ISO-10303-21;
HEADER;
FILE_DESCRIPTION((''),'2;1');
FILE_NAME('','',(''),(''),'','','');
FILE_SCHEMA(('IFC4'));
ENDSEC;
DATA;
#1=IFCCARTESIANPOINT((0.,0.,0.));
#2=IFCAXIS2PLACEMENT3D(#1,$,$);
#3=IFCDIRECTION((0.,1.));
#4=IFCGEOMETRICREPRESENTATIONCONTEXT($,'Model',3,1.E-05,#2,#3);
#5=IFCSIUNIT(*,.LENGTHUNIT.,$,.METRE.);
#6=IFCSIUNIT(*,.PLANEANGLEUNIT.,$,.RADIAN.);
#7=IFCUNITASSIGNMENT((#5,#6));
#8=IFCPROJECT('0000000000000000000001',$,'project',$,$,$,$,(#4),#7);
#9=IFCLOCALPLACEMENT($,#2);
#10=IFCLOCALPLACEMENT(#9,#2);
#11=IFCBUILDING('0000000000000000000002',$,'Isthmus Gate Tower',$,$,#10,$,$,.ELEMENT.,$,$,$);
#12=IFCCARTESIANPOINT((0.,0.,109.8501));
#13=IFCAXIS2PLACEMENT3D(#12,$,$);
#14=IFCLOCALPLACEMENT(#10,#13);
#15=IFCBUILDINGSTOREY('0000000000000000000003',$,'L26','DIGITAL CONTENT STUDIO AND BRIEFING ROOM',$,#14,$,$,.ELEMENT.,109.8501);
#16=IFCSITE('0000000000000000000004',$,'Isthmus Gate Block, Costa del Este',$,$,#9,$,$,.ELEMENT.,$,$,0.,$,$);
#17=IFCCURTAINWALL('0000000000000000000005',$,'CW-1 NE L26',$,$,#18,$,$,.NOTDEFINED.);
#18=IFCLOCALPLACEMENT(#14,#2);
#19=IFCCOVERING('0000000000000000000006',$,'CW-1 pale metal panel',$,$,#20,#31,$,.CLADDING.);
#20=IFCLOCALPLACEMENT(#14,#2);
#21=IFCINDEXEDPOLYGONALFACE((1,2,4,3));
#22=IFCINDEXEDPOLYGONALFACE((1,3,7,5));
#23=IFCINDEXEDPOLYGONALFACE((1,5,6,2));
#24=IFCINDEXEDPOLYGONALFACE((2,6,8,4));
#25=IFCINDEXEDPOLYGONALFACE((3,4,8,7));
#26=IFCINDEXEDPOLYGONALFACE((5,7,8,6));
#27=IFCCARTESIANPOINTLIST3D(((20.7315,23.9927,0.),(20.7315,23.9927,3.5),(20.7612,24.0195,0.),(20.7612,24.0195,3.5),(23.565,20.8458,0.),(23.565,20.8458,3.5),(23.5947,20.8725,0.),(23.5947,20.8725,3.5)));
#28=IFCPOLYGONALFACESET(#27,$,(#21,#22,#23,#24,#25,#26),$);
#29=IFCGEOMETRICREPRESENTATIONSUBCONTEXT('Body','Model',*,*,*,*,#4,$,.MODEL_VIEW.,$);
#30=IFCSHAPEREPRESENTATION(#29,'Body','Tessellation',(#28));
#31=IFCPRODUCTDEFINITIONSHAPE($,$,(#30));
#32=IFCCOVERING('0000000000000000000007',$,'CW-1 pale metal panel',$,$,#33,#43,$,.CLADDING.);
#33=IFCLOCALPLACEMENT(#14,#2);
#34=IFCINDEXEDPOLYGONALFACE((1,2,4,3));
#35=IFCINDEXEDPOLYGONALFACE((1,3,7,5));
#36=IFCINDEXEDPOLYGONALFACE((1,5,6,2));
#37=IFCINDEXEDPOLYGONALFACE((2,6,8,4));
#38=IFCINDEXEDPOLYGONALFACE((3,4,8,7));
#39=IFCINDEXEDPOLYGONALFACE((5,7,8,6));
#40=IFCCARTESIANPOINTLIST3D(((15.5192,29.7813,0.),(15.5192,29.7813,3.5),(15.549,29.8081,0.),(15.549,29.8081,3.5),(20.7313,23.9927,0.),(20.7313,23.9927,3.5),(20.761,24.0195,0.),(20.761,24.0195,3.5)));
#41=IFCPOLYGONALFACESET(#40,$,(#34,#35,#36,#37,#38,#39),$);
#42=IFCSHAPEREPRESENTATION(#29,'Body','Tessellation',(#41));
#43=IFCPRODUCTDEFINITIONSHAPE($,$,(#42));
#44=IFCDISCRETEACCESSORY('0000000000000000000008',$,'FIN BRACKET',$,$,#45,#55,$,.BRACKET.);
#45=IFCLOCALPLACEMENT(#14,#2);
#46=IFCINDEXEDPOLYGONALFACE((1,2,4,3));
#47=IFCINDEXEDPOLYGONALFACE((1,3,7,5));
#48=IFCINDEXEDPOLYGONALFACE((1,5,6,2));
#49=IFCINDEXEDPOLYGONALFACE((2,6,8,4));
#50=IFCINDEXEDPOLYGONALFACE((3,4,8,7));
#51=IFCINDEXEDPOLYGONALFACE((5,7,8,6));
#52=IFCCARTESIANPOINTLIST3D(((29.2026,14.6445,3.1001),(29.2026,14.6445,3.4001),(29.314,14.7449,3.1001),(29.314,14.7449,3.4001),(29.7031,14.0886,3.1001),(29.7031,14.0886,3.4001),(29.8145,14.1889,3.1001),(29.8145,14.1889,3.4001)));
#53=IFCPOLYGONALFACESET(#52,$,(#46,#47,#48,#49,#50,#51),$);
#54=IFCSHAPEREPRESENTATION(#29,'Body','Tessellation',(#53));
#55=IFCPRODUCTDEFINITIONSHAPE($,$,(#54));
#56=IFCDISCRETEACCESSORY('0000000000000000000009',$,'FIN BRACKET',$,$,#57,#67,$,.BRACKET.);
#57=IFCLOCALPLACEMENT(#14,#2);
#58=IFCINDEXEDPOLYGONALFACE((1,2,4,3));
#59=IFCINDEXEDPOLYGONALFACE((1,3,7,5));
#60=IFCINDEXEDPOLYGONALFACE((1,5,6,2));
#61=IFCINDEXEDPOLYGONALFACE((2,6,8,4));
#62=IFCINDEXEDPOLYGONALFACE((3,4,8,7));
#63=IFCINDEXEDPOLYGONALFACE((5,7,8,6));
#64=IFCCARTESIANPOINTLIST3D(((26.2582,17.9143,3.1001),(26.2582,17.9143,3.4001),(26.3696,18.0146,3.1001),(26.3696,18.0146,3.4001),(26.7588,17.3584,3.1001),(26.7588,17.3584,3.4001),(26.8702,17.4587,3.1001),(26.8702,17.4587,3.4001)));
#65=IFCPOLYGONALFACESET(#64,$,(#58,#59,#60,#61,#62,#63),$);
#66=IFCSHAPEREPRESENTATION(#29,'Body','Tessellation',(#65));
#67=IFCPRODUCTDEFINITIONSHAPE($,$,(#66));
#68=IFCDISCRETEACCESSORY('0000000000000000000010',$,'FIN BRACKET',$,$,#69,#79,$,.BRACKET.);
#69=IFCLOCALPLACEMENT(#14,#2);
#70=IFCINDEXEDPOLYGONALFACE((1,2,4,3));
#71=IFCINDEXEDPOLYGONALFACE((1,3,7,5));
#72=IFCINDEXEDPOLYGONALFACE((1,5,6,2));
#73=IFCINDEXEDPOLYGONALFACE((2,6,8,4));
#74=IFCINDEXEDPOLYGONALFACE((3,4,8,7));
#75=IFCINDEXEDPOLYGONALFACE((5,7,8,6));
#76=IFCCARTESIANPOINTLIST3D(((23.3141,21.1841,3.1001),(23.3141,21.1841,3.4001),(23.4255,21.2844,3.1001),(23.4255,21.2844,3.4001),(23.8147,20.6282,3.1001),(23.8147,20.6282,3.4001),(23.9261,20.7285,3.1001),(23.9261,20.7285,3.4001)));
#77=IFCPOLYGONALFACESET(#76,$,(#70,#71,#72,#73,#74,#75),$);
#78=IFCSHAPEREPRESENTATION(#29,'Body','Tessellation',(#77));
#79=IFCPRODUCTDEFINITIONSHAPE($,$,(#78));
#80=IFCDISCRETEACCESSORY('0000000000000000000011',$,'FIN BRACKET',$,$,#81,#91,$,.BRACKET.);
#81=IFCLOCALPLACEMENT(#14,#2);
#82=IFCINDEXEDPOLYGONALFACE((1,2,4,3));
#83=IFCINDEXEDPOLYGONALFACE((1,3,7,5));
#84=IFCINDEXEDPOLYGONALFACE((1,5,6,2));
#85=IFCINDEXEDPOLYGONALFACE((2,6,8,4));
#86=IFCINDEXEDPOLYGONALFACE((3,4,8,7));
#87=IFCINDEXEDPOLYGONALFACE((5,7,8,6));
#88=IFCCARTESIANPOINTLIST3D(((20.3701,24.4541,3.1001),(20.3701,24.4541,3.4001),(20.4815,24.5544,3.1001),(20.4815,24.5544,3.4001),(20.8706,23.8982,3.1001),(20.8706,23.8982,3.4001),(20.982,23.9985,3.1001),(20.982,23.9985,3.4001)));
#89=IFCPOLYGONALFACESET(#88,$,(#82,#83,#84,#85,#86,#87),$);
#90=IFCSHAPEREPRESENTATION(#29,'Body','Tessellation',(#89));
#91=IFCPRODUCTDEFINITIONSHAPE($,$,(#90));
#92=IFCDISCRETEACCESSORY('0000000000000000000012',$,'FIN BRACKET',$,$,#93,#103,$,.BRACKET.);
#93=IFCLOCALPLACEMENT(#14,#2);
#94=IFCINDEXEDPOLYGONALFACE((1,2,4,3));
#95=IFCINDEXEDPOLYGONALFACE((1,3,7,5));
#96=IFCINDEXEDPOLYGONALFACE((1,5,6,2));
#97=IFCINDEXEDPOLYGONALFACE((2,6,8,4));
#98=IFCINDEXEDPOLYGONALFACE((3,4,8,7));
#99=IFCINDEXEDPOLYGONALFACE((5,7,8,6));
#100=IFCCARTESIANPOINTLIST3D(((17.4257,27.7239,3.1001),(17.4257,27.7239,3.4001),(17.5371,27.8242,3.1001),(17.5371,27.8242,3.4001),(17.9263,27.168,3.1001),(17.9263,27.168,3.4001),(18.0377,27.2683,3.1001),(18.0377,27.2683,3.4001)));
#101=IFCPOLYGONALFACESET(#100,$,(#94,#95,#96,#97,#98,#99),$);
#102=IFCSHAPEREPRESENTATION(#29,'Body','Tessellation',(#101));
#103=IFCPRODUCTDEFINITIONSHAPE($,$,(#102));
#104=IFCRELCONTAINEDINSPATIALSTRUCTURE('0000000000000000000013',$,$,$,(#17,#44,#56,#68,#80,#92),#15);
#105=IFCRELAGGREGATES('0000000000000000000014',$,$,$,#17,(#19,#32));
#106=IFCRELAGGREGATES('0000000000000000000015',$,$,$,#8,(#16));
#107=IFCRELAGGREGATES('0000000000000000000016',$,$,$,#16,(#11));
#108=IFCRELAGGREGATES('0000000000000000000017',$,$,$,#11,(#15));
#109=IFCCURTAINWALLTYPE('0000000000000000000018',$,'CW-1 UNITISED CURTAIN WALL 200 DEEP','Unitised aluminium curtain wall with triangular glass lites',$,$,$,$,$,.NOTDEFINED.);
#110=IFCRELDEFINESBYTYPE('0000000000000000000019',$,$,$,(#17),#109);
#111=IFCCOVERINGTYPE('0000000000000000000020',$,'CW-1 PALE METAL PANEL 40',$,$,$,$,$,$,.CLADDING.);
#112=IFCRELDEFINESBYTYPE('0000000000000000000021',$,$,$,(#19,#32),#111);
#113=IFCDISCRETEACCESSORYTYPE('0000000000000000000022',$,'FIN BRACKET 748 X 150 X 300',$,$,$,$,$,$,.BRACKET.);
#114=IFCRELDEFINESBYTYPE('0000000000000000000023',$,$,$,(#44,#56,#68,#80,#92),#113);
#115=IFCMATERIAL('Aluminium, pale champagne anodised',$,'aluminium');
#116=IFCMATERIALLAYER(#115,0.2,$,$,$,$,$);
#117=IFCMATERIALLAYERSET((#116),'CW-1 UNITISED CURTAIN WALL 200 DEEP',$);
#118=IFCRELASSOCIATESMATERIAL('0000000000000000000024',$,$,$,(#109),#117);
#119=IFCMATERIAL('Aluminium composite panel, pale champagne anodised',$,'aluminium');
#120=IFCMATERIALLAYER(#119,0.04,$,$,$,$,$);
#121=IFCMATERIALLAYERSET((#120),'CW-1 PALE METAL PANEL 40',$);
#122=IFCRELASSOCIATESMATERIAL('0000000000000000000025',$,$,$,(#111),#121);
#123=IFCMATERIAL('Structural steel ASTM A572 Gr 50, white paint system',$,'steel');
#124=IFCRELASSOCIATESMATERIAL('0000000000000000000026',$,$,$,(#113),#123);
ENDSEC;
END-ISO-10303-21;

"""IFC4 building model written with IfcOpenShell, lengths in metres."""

from ifc_helpers import new_model, si_unit, direction, frame, origin, origin_2d, place, context, subcontext, project, spatial, rectangle, extrude, material, layer, layer_set, type_object, element, aggregate, save


model = new_model("IFC4")

# Units and contexts
model_context = context("Model", 3, precision=1e-05, world=origin(), true_north=direction((0.0, 1.0)))
body_context = subcontext(model_context, "Body", "Model", "MODEL_VIEW")
ifc_project = project(units=[si_unit("LENGTHUNIT", "METRE"), si_unit("PLANEANGLEUNIT", "RADIAN")], contexts=[model_context])

# Site, building, storey
site_placement = place(None, origin())
site = spatial("IfcSite", under=ifc_project, at=site_placement, Name="Isthmus Gate Block, Costa del Este", CompositionType="ELEMENT", RefElevation=0.0)
building_placement = place(site_placement, origin())
building = spatial("IfcBuilding", under=site, at=building_placement, Name="Isthmus Gate Tower", CompositionType="ELEMENT")
storey_placement = place(building_placement, frame((0.0, 0.0, 109.8501)))
storey = spatial("IfcBuildingStorey", under=building, at=storey_placement, Name="L26", Description="DIGITAL CONTENT STUDIO AND BRIEFING ROOM", CompositionType="ELEMENT", Elevation=109.8501)

# Curtain wall
ifc_material_1 = material(Name="Aluminium, pale champagne anodised", Category="aluminium")
ifc_layer_1 = layer(ifc_material_1, 0.2)
ifc_layer_set_1 = layer_set([ifc_layer_1], Name="CW-1 UNITISED CURTAIN WALL 200 DEEP")
curtain_wall_type = type_object("IfcCurtainWallType", Name="CW-1 UNITISED CURTAIN WALL 200 DEEP", Description="Unitised aluminium curtain wall with triangular glass lites", PredefinedType="NOTDEFINED", material=ifc_layer_set_1)
curtain_wall_1_placement = place(storey_placement, origin())
curtain_wall_1 = element("IfcCurtainWall", 1, at=curtain_wall_1_placement, inside=storey, type_object=curtain_wall_type, Name="CW-1 NE L26", PredefinedType="NOTDEFINED")

# Coverings
ifc_material_2 = material(Name="Aluminium composite panel, pale champagne anodised", Category="aluminium")
ifc_layer_2 = layer(ifc_material_2, 0.04)
ifc_layer_set_2 = layer_set([ifc_layer_2], Name="CW-1 PALE METAL PANEL 40")
covering_type = type_object("IfcCoveringType", Name="CW-1 PALE METAL PANEL 40", PredefinedType="CLADDING", material=ifc_layer_set_2)
covering_1_placement = place(storey_placement, frame((22.1631, 22.4326, 0.0), z_axis=(0.0, 0.0, 1.0), x_axis=(-0.669131, 0.743145, 0.0)))
covering_1 = element("IfcCovering", 2, at=covering_1_placement, type_object=covering_type, Name="CW-1 pale metal panel", PredefinedType="CLADDING", context=body_context, shape_type="SweptSolid", body=[
    extrude(rectangle(XDim=4.2346, YDim=0.04, at=origin_2d()), origin(), (0.0, 0.0, 1.0), 3.5),
])
covering_2_placement = place(storey_placement, frame((18.1401, 26.9004, 0.0), z_axis=(0.0, 0.0, 1.0), x_axis=(-0.669131, 0.743145, 0.0)))
covering_2 = element("IfcCovering", 3, at=covering_2_placement, type_object=covering_type, Name="CW-1 pale metal panel", PredefinedType="CLADDING", context=body_context, shape_type="SweptSolid", body=[
    extrude(rectangle(XDim=7.7893, YDim=0.04, at=origin_2d()), origin(), (0.0, 0.0, 1.0), 3.5),
])
aggregate(curtain_wall_1, [covering_1, covering_2])

# Discrete accessories
ifc_material_3 = material(Name="Structural steel ASTM A572 Gr 50, white paint system", Category="steel")
discrete_accessory_type = type_object("IfcDiscreteAccessoryType", Name="FIN BRACKET 748 X 150 X 300", PredefinedType="BRACKET", material=ifc_material_3)
for number, where, z_axis, x_axis, name in (
    (4, (29.5085, 14.4167, 3.1001), (0.0, 0.0, 1.0), (0.743145, 0.669131, 0.0), "FIN BRACKET"),
    (5, (26.5642, 17.6865, 3.1001), (0.0, 0.0, 1.0), (0.743145, 0.669131, 0.0), "FIN BRACKET"),
    (6, (23.6201, 20.9563, 3.1001), (0.0, 0.0, 1.0), (0.743145, 0.669131, 0.0), "FIN BRACKET"),
    (7, (20.676, 24.2263, 3.1001), (0.0, 0.0, 1.0), (0.743145, 0.669131, 0.0), "FIN BRACKET"),
    (8, (17.7317, 27.4961, 3.1001), (0.0, 0.0, 1.0), (0.743145, 0.669131, 0.0), "FIN BRACKET"),
):
    element("IfcDiscreteAccessory", number, at=place(storey_placement, frame(where, z_axis=z_axis, x_axis=x_axis)), inside=storey, type_object=discrete_accessory_type, Name=name, PredefinedType="BRACKET", context=body_context, shape_type="SweptSolid", body=[
        extrude(rectangle(XDim=0.1499, YDim=0.748, at=origin_2d()), origin(), (0.0, 0.0, 1.0), 0.3),
    ])

save(model, "model.ifc")
